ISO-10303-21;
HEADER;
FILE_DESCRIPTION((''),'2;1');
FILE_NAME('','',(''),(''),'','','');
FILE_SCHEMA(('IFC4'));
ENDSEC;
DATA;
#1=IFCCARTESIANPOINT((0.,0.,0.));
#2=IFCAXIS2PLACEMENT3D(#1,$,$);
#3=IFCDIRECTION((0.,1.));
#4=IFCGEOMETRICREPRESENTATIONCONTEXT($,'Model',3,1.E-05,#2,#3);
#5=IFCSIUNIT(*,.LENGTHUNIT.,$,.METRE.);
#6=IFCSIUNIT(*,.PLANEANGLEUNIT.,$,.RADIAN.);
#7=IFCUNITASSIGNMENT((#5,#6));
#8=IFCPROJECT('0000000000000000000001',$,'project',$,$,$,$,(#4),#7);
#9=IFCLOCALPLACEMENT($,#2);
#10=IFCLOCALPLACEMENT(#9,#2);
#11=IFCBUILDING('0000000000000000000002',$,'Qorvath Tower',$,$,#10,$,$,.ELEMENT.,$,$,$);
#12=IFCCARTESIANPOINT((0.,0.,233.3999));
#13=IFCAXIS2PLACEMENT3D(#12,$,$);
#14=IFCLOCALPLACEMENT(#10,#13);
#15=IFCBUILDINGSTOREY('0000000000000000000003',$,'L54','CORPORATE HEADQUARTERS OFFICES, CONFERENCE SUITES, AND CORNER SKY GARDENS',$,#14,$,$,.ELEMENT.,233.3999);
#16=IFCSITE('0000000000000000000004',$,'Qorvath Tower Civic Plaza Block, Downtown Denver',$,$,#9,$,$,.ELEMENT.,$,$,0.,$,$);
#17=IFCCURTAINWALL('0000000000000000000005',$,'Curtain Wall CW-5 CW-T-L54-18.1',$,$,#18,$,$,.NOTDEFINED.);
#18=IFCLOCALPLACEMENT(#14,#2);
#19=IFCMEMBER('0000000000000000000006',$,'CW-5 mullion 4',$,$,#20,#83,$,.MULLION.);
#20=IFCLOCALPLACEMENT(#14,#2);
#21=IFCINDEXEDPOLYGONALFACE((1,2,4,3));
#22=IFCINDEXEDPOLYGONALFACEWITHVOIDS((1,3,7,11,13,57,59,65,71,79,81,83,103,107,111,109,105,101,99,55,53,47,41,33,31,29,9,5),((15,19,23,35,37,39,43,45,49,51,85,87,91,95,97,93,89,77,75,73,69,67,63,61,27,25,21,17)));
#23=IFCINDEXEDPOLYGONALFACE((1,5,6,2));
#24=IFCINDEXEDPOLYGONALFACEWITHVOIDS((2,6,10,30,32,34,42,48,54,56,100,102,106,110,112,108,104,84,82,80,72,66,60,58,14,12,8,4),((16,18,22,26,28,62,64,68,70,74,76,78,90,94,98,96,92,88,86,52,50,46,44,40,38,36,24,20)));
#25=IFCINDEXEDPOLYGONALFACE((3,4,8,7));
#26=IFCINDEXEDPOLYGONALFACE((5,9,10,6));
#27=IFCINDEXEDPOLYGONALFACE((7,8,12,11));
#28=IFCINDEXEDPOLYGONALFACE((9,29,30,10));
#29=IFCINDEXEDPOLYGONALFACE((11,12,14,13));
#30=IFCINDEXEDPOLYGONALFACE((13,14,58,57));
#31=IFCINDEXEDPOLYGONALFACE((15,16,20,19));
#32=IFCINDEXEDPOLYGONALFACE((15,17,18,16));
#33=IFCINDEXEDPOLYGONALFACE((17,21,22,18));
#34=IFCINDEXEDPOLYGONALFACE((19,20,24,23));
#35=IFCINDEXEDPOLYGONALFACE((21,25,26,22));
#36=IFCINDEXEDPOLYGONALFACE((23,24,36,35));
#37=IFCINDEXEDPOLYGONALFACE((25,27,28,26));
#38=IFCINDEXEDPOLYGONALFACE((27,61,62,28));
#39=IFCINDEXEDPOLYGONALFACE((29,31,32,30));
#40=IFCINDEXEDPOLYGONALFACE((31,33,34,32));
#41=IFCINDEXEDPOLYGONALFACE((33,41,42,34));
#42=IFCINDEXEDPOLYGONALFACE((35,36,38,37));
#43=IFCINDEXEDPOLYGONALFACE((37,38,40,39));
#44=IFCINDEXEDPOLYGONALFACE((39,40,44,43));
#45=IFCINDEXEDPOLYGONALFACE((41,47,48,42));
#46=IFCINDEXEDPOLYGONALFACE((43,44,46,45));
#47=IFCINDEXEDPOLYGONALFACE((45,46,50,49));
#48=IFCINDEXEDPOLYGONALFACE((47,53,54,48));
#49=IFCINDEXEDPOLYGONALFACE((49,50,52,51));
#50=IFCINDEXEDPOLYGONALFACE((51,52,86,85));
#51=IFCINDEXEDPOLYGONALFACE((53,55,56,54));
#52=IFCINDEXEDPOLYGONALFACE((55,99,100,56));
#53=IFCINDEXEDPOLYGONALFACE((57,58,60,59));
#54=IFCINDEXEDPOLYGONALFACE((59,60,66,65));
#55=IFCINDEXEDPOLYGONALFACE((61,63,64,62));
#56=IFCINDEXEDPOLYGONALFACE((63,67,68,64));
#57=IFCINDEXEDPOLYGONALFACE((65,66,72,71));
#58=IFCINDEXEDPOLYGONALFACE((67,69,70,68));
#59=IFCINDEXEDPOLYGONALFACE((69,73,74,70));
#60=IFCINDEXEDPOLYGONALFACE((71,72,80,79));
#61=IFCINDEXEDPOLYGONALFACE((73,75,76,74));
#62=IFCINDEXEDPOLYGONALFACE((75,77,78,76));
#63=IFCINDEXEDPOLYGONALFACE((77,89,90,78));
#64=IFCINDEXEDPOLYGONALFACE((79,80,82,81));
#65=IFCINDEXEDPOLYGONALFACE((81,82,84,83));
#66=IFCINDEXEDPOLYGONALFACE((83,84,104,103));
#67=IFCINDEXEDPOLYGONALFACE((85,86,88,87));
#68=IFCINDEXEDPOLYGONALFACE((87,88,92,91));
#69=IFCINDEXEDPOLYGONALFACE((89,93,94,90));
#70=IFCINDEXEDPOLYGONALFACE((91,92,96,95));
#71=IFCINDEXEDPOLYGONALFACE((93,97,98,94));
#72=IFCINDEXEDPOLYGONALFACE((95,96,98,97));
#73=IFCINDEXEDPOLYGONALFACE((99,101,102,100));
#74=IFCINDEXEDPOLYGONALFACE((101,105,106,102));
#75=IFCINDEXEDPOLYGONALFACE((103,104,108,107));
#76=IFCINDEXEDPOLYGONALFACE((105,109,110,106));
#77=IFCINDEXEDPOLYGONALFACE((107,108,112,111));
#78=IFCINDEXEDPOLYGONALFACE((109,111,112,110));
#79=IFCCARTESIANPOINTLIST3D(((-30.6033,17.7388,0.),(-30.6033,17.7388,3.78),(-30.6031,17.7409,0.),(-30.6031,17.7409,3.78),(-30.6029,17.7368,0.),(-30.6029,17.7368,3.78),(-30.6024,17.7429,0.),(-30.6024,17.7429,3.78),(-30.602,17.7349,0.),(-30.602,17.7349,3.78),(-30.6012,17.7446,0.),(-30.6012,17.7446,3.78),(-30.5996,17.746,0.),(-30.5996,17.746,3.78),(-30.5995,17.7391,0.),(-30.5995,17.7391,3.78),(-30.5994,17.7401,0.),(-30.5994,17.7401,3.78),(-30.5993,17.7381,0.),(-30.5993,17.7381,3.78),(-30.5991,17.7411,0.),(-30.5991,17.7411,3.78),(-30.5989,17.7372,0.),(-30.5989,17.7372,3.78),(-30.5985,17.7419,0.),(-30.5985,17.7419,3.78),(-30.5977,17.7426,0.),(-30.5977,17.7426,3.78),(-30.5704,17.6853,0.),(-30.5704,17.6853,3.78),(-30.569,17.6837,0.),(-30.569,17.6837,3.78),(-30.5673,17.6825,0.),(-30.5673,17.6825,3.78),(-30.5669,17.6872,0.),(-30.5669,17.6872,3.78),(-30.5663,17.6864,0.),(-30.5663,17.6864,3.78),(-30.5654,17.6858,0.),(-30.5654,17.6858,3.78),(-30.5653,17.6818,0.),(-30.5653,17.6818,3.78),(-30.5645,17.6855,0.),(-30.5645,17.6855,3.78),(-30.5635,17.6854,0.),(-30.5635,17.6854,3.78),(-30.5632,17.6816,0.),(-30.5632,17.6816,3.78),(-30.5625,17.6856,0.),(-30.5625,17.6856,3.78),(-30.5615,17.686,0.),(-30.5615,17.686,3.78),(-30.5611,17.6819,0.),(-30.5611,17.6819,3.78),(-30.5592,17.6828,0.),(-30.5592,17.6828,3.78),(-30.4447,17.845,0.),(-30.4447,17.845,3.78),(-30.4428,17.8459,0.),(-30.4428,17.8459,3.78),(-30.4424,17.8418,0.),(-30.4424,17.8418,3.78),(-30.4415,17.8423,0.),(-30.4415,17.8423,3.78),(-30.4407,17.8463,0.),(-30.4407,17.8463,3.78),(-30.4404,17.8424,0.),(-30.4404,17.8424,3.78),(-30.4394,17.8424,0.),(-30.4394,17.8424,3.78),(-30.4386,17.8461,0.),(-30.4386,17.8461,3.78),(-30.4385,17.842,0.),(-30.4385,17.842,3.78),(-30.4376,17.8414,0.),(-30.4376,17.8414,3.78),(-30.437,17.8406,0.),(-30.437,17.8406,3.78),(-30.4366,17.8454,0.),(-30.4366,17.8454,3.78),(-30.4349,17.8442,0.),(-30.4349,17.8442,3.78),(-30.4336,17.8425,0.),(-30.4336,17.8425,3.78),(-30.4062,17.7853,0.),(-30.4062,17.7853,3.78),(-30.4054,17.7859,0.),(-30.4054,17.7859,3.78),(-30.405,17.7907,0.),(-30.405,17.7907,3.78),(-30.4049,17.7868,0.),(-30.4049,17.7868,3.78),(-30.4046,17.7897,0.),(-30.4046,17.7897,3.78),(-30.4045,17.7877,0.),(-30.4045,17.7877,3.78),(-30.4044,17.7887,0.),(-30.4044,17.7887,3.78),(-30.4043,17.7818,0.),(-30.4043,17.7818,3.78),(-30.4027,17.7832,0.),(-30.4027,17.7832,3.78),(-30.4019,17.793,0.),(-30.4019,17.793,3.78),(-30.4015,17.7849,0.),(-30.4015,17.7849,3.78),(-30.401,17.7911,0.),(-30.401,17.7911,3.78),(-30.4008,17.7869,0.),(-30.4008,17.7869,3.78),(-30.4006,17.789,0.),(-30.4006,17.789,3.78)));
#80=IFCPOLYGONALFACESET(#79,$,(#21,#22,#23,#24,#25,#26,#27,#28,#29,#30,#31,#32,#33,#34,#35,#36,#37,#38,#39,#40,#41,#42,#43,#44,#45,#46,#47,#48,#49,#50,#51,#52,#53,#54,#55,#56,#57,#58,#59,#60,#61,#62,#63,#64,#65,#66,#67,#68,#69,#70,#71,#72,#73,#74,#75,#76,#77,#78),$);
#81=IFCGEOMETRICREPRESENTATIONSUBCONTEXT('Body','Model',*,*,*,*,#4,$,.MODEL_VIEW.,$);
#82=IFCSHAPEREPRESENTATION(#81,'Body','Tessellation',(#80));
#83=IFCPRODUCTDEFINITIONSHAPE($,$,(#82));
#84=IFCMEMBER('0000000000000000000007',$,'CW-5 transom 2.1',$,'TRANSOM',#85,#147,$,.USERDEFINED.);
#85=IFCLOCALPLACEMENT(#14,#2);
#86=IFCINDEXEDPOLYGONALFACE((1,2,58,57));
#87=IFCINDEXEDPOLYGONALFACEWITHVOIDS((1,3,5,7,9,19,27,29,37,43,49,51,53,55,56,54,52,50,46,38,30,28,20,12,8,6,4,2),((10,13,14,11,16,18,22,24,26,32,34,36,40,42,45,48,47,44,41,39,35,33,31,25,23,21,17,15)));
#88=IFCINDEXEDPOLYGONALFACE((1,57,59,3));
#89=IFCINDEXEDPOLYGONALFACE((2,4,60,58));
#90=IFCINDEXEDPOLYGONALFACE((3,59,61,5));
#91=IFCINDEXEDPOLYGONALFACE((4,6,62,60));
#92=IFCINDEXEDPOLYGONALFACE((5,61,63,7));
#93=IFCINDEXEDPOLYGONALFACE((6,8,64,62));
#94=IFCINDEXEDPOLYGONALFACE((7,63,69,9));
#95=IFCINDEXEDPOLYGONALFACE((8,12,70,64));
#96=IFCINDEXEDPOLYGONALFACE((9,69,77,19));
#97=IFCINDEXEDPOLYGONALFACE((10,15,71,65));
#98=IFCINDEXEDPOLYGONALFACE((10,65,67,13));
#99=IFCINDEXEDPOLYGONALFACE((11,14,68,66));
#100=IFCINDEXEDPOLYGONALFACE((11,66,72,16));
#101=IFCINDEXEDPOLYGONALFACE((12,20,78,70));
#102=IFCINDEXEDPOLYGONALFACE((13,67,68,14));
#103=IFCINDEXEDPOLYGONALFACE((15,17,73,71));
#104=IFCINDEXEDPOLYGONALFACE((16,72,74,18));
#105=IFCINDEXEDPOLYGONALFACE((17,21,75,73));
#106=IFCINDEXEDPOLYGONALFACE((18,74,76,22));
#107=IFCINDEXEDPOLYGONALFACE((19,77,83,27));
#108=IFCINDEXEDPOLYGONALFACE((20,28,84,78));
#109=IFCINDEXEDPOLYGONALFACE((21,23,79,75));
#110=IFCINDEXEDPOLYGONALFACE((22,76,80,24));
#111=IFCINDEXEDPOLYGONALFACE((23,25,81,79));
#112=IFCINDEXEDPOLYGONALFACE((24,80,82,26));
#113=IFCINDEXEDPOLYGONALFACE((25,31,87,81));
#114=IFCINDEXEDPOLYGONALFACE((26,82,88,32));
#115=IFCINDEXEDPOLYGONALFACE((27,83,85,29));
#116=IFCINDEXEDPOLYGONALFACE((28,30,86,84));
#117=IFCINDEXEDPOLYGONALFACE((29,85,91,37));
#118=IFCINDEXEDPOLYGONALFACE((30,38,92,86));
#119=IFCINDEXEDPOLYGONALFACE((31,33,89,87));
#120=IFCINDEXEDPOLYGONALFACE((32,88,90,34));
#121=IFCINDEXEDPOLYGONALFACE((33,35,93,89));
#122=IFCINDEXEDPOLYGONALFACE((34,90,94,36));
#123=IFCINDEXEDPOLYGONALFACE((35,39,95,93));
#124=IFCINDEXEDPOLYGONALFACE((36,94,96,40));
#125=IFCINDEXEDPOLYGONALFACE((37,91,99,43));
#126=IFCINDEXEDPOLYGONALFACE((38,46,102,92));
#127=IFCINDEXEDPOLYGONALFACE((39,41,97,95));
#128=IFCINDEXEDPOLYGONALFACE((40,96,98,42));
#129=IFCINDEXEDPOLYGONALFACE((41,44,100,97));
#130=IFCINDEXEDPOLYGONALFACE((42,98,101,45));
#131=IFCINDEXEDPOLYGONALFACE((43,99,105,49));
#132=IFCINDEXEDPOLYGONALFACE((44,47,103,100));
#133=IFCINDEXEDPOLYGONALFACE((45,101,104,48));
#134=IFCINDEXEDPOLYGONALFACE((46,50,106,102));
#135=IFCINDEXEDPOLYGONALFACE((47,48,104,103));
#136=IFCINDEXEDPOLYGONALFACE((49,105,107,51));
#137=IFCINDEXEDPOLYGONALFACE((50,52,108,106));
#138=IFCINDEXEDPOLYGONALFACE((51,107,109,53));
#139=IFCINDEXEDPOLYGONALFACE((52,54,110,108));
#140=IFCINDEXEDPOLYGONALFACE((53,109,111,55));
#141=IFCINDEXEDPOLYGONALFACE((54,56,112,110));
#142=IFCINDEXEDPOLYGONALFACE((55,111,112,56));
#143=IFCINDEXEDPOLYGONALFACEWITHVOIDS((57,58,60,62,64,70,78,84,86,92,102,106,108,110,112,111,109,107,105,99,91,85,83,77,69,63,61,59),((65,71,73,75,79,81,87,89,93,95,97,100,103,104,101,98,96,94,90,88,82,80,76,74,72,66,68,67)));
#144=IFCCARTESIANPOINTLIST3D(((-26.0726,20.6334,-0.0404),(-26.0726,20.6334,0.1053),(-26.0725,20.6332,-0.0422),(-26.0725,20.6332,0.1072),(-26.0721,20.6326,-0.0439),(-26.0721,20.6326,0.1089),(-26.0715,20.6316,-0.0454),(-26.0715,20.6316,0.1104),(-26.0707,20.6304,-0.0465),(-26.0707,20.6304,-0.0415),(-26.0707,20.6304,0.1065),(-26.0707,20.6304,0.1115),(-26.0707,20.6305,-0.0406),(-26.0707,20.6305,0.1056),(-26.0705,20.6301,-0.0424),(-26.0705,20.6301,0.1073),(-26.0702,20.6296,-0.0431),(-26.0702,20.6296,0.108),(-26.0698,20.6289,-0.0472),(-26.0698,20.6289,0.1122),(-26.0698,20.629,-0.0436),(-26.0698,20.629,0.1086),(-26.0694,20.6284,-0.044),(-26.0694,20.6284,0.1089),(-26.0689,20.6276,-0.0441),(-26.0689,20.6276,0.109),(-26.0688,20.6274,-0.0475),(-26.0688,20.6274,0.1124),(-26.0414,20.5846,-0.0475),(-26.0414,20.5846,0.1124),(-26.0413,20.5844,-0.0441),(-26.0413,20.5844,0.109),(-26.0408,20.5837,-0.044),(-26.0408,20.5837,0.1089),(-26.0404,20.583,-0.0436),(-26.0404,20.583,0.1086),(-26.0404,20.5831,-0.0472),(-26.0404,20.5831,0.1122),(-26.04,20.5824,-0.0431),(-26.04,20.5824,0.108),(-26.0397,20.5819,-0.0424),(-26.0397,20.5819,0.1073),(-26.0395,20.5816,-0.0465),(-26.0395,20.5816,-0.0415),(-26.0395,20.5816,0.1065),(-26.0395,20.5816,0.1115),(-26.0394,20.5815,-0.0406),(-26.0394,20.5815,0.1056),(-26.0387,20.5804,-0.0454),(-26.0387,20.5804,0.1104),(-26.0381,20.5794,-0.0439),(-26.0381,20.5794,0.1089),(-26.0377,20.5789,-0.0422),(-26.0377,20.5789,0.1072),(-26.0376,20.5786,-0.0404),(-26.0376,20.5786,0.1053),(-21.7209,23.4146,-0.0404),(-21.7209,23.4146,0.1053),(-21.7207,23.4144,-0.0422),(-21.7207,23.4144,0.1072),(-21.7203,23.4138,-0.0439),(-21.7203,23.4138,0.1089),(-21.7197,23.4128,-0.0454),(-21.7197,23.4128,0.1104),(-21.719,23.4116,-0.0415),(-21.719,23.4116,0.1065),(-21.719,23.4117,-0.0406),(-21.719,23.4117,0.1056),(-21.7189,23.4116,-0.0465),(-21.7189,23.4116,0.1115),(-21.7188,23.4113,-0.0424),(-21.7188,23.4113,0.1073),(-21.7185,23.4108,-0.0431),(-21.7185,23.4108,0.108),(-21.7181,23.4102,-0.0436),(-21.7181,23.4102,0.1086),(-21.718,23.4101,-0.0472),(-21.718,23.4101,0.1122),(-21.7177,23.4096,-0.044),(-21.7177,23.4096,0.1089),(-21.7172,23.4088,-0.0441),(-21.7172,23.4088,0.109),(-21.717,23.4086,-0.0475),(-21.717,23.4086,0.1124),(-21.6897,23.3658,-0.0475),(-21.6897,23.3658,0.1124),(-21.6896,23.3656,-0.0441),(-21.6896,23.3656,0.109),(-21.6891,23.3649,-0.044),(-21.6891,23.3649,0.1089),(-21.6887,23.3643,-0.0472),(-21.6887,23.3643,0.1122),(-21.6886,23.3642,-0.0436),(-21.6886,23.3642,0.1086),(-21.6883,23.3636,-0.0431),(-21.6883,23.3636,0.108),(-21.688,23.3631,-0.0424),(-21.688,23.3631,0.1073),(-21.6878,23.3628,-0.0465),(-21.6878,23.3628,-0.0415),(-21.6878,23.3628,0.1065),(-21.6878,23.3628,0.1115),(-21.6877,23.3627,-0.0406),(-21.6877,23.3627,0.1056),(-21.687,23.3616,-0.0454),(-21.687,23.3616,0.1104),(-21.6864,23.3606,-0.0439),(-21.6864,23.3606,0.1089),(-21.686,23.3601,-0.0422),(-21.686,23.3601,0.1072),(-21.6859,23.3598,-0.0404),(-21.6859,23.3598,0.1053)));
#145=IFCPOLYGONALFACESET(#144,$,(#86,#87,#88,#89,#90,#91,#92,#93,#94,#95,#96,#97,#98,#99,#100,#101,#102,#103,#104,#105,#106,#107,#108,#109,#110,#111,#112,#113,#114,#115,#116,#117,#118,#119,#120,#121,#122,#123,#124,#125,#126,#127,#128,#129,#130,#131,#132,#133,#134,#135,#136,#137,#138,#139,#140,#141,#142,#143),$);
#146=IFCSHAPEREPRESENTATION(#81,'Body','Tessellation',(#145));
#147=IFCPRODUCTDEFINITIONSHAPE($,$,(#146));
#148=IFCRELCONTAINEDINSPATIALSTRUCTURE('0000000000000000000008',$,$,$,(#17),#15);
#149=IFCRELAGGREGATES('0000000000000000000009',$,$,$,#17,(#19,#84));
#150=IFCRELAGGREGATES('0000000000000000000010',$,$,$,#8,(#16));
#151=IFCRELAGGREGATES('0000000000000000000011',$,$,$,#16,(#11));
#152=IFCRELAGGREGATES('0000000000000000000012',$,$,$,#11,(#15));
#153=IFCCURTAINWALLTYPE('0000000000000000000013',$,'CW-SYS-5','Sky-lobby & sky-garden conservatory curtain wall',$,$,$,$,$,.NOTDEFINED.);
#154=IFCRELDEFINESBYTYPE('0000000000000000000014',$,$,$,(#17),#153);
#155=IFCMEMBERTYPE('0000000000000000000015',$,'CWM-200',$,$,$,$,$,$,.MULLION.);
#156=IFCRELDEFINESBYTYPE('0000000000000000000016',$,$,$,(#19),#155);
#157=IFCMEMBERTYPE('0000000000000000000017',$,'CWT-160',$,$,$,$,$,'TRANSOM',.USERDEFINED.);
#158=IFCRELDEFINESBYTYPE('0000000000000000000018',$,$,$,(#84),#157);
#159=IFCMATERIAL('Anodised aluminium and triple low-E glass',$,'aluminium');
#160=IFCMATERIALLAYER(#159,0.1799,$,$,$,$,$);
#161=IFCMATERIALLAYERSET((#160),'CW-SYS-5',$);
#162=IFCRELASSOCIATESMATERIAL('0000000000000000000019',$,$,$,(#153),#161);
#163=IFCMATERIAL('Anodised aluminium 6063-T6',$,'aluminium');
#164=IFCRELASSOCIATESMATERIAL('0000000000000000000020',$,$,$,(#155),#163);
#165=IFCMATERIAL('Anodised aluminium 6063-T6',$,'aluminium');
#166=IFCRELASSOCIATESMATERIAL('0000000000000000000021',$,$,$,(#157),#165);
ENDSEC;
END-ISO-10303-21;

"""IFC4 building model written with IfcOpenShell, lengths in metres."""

from ifc_helpers import new_model, si_unit, direction, frame, origin, origin_2d, place, context, subcontext, project, spatial, hollow_rectangle, extrude, material, layer, layer_set, material_profile, profile_set, type_object, element, aggregate, save


model = new_model("IFC4")

# Units and contexts
model_context = context("Model", 3, precision=1e-05, world=origin(), true_north=direction((0.0, 1.0)))
body_context = subcontext(model_context, "Body", "Model", "MODEL_VIEW")
ifc_project = project(units=[si_unit("LENGTHUNIT", "METRE"), si_unit("PLANEANGLEUNIT", "RADIAN")], contexts=[model_context])

# Site, building, storey
site_placement = place(None, origin())
site = spatial("IfcSite", under=ifc_project, at=site_placement, Name="Qorvath Tower Civic Plaza Block, Downtown Denver", CompositionType="ELEMENT", RefElevation=0.0)
building_placement = place(site_placement, origin())
building = spatial("IfcBuilding", under=site, at=building_placement, Name="Qorvath Tower", CompositionType="ELEMENT")
storey_placement = place(building_placement, frame((0.0, 0.0, 233.3999)))
storey = spatial("IfcBuildingStorey", under=building, at=storey_placement, Name="L54", Description="CORPORATE HEADQUARTERS OFFICES, CONFERENCE SUITES, AND CORNER SKY GARDENS", CompositionType="ELEMENT", Elevation=233.3999)

# Curtain wall, members
ifc_material_1 = material(Name="Anodised aluminium and triple low-E glass", Category="aluminium")
ifc_layer_1 = layer(ifc_material_1, 0.1799)
ifc_layer_set_1 = layer_set([ifc_layer_1], Name="CW-SYS-5")
curtain_wall_type = type_object("IfcCurtainWallType", Name="CW-SYS-5", Description="Sky-lobby & sky-garden conservatory curtain wall", PredefinedType="NOTDEFINED", material=ifc_layer_set_1)
curtain_wall_placement = place(storey_placement, origin())
curtain_wall = element("IfcCurtainWall", 1, at=curtain_wall_placement, inside=storey, type_object=curtain_wall_type, Name="Curtain Wall CW-5 CW-T-L54-18.1", PredefinedType="NOTDEFINED")
ifc_material_2 = material(Name="Anodised aluminium 6063-T6", Category="aluminium")
ifc_material_profile_1 = material_profile(ifc_material_2, hollow_rectangle(XDim=0.075, YDim=0.2, WallThickness=0.0039, InnerFilletRadius=0.0039, OuterFilletRadius=0.0081, at=origin_2d()), Name="CWM 200x75")
ifc_profile_set_1 = profile_set([ifc_material_profile_1], Name="Anodised aluminium 6063-T6")
member_type_1 = type_object("IfcMemberType", Name="CWM-200", PredefinedType="MULLION", material=ifc_profile_set_1)
member_1_placement = place(storey_placement, frame((-30.502, 17.7639, 0.0), z_axis=(0.0, 0.0, 1.0), x_axis=(0.538528, -0.842607, 0.0)))
member_1 = element("IfcMember", 2, at=member_1_placement, type_object=member_type_1, Name="CW-5 mullion 4", PredefinedType="MULLION", context=body_context, shape_type="SweptSolid", body=[
    extrude(hollow_rectangle(XDim=0.075, YDim=0.2, WallThickness=0.0039, InnerFilletRadius=0.0039, OuterFilletRadius=0.0081, at=origin_2d()), origin(), (0.0, 0.0, 1.0), 3.78),
])
ifc_material_3 = material(Name="Anodised aluminium 6063-T6", Category="aluminium")
ifc_material_profile_2 = material_profile(ifc_material_3, hollow_rectangle(XDim=0.0649, YDim=0.1599, WallThickness=0.0034, InnerFilletRadius=0.0034, OuterFilletRadius=0.0071, at=origin_2d()), Name="CWT 160x65")
ifc_profile_set_2 = profile_set([ifc_material_profile_2], Name="Anodised aluminium 6063-T6")
member_type_2 = type_object("IfcMemberType", Name="CWT-160", ElementType="TRANSOM", PredefinedType="USERDEFINED", material=ifc_profile_set_2)
member_2_placement = place(storey_placement, frame((-21.7034, 23.3872, 0.0325), z_axis=(-0.842615, -0.538517, 0.0), x_axis=(0.538517, -0.842615, 0.0)))
member_2 = element("IfcMember", 3, at=member_2_placement, type_object=member_type_2, Name="CW-5 transom 2.1", ObjectType="TRANSOM", PredefinedType="USERDEFINED", context=body_context, shape_type="SweptSolid", body=[
    extrude(hollow_rectangle(XDim=0.0649, YDim=0.1599, WallThickness=0.0034, InnerFilletRadius=0.0034, OuterFilletRadius=0.0071, at=origin_2d()), origin(), (0.0, 0.0, 1.0), 5.1646),
])
aggregate(curtain_wall, [member_1, member_2])

save(model, "model.ifc")
